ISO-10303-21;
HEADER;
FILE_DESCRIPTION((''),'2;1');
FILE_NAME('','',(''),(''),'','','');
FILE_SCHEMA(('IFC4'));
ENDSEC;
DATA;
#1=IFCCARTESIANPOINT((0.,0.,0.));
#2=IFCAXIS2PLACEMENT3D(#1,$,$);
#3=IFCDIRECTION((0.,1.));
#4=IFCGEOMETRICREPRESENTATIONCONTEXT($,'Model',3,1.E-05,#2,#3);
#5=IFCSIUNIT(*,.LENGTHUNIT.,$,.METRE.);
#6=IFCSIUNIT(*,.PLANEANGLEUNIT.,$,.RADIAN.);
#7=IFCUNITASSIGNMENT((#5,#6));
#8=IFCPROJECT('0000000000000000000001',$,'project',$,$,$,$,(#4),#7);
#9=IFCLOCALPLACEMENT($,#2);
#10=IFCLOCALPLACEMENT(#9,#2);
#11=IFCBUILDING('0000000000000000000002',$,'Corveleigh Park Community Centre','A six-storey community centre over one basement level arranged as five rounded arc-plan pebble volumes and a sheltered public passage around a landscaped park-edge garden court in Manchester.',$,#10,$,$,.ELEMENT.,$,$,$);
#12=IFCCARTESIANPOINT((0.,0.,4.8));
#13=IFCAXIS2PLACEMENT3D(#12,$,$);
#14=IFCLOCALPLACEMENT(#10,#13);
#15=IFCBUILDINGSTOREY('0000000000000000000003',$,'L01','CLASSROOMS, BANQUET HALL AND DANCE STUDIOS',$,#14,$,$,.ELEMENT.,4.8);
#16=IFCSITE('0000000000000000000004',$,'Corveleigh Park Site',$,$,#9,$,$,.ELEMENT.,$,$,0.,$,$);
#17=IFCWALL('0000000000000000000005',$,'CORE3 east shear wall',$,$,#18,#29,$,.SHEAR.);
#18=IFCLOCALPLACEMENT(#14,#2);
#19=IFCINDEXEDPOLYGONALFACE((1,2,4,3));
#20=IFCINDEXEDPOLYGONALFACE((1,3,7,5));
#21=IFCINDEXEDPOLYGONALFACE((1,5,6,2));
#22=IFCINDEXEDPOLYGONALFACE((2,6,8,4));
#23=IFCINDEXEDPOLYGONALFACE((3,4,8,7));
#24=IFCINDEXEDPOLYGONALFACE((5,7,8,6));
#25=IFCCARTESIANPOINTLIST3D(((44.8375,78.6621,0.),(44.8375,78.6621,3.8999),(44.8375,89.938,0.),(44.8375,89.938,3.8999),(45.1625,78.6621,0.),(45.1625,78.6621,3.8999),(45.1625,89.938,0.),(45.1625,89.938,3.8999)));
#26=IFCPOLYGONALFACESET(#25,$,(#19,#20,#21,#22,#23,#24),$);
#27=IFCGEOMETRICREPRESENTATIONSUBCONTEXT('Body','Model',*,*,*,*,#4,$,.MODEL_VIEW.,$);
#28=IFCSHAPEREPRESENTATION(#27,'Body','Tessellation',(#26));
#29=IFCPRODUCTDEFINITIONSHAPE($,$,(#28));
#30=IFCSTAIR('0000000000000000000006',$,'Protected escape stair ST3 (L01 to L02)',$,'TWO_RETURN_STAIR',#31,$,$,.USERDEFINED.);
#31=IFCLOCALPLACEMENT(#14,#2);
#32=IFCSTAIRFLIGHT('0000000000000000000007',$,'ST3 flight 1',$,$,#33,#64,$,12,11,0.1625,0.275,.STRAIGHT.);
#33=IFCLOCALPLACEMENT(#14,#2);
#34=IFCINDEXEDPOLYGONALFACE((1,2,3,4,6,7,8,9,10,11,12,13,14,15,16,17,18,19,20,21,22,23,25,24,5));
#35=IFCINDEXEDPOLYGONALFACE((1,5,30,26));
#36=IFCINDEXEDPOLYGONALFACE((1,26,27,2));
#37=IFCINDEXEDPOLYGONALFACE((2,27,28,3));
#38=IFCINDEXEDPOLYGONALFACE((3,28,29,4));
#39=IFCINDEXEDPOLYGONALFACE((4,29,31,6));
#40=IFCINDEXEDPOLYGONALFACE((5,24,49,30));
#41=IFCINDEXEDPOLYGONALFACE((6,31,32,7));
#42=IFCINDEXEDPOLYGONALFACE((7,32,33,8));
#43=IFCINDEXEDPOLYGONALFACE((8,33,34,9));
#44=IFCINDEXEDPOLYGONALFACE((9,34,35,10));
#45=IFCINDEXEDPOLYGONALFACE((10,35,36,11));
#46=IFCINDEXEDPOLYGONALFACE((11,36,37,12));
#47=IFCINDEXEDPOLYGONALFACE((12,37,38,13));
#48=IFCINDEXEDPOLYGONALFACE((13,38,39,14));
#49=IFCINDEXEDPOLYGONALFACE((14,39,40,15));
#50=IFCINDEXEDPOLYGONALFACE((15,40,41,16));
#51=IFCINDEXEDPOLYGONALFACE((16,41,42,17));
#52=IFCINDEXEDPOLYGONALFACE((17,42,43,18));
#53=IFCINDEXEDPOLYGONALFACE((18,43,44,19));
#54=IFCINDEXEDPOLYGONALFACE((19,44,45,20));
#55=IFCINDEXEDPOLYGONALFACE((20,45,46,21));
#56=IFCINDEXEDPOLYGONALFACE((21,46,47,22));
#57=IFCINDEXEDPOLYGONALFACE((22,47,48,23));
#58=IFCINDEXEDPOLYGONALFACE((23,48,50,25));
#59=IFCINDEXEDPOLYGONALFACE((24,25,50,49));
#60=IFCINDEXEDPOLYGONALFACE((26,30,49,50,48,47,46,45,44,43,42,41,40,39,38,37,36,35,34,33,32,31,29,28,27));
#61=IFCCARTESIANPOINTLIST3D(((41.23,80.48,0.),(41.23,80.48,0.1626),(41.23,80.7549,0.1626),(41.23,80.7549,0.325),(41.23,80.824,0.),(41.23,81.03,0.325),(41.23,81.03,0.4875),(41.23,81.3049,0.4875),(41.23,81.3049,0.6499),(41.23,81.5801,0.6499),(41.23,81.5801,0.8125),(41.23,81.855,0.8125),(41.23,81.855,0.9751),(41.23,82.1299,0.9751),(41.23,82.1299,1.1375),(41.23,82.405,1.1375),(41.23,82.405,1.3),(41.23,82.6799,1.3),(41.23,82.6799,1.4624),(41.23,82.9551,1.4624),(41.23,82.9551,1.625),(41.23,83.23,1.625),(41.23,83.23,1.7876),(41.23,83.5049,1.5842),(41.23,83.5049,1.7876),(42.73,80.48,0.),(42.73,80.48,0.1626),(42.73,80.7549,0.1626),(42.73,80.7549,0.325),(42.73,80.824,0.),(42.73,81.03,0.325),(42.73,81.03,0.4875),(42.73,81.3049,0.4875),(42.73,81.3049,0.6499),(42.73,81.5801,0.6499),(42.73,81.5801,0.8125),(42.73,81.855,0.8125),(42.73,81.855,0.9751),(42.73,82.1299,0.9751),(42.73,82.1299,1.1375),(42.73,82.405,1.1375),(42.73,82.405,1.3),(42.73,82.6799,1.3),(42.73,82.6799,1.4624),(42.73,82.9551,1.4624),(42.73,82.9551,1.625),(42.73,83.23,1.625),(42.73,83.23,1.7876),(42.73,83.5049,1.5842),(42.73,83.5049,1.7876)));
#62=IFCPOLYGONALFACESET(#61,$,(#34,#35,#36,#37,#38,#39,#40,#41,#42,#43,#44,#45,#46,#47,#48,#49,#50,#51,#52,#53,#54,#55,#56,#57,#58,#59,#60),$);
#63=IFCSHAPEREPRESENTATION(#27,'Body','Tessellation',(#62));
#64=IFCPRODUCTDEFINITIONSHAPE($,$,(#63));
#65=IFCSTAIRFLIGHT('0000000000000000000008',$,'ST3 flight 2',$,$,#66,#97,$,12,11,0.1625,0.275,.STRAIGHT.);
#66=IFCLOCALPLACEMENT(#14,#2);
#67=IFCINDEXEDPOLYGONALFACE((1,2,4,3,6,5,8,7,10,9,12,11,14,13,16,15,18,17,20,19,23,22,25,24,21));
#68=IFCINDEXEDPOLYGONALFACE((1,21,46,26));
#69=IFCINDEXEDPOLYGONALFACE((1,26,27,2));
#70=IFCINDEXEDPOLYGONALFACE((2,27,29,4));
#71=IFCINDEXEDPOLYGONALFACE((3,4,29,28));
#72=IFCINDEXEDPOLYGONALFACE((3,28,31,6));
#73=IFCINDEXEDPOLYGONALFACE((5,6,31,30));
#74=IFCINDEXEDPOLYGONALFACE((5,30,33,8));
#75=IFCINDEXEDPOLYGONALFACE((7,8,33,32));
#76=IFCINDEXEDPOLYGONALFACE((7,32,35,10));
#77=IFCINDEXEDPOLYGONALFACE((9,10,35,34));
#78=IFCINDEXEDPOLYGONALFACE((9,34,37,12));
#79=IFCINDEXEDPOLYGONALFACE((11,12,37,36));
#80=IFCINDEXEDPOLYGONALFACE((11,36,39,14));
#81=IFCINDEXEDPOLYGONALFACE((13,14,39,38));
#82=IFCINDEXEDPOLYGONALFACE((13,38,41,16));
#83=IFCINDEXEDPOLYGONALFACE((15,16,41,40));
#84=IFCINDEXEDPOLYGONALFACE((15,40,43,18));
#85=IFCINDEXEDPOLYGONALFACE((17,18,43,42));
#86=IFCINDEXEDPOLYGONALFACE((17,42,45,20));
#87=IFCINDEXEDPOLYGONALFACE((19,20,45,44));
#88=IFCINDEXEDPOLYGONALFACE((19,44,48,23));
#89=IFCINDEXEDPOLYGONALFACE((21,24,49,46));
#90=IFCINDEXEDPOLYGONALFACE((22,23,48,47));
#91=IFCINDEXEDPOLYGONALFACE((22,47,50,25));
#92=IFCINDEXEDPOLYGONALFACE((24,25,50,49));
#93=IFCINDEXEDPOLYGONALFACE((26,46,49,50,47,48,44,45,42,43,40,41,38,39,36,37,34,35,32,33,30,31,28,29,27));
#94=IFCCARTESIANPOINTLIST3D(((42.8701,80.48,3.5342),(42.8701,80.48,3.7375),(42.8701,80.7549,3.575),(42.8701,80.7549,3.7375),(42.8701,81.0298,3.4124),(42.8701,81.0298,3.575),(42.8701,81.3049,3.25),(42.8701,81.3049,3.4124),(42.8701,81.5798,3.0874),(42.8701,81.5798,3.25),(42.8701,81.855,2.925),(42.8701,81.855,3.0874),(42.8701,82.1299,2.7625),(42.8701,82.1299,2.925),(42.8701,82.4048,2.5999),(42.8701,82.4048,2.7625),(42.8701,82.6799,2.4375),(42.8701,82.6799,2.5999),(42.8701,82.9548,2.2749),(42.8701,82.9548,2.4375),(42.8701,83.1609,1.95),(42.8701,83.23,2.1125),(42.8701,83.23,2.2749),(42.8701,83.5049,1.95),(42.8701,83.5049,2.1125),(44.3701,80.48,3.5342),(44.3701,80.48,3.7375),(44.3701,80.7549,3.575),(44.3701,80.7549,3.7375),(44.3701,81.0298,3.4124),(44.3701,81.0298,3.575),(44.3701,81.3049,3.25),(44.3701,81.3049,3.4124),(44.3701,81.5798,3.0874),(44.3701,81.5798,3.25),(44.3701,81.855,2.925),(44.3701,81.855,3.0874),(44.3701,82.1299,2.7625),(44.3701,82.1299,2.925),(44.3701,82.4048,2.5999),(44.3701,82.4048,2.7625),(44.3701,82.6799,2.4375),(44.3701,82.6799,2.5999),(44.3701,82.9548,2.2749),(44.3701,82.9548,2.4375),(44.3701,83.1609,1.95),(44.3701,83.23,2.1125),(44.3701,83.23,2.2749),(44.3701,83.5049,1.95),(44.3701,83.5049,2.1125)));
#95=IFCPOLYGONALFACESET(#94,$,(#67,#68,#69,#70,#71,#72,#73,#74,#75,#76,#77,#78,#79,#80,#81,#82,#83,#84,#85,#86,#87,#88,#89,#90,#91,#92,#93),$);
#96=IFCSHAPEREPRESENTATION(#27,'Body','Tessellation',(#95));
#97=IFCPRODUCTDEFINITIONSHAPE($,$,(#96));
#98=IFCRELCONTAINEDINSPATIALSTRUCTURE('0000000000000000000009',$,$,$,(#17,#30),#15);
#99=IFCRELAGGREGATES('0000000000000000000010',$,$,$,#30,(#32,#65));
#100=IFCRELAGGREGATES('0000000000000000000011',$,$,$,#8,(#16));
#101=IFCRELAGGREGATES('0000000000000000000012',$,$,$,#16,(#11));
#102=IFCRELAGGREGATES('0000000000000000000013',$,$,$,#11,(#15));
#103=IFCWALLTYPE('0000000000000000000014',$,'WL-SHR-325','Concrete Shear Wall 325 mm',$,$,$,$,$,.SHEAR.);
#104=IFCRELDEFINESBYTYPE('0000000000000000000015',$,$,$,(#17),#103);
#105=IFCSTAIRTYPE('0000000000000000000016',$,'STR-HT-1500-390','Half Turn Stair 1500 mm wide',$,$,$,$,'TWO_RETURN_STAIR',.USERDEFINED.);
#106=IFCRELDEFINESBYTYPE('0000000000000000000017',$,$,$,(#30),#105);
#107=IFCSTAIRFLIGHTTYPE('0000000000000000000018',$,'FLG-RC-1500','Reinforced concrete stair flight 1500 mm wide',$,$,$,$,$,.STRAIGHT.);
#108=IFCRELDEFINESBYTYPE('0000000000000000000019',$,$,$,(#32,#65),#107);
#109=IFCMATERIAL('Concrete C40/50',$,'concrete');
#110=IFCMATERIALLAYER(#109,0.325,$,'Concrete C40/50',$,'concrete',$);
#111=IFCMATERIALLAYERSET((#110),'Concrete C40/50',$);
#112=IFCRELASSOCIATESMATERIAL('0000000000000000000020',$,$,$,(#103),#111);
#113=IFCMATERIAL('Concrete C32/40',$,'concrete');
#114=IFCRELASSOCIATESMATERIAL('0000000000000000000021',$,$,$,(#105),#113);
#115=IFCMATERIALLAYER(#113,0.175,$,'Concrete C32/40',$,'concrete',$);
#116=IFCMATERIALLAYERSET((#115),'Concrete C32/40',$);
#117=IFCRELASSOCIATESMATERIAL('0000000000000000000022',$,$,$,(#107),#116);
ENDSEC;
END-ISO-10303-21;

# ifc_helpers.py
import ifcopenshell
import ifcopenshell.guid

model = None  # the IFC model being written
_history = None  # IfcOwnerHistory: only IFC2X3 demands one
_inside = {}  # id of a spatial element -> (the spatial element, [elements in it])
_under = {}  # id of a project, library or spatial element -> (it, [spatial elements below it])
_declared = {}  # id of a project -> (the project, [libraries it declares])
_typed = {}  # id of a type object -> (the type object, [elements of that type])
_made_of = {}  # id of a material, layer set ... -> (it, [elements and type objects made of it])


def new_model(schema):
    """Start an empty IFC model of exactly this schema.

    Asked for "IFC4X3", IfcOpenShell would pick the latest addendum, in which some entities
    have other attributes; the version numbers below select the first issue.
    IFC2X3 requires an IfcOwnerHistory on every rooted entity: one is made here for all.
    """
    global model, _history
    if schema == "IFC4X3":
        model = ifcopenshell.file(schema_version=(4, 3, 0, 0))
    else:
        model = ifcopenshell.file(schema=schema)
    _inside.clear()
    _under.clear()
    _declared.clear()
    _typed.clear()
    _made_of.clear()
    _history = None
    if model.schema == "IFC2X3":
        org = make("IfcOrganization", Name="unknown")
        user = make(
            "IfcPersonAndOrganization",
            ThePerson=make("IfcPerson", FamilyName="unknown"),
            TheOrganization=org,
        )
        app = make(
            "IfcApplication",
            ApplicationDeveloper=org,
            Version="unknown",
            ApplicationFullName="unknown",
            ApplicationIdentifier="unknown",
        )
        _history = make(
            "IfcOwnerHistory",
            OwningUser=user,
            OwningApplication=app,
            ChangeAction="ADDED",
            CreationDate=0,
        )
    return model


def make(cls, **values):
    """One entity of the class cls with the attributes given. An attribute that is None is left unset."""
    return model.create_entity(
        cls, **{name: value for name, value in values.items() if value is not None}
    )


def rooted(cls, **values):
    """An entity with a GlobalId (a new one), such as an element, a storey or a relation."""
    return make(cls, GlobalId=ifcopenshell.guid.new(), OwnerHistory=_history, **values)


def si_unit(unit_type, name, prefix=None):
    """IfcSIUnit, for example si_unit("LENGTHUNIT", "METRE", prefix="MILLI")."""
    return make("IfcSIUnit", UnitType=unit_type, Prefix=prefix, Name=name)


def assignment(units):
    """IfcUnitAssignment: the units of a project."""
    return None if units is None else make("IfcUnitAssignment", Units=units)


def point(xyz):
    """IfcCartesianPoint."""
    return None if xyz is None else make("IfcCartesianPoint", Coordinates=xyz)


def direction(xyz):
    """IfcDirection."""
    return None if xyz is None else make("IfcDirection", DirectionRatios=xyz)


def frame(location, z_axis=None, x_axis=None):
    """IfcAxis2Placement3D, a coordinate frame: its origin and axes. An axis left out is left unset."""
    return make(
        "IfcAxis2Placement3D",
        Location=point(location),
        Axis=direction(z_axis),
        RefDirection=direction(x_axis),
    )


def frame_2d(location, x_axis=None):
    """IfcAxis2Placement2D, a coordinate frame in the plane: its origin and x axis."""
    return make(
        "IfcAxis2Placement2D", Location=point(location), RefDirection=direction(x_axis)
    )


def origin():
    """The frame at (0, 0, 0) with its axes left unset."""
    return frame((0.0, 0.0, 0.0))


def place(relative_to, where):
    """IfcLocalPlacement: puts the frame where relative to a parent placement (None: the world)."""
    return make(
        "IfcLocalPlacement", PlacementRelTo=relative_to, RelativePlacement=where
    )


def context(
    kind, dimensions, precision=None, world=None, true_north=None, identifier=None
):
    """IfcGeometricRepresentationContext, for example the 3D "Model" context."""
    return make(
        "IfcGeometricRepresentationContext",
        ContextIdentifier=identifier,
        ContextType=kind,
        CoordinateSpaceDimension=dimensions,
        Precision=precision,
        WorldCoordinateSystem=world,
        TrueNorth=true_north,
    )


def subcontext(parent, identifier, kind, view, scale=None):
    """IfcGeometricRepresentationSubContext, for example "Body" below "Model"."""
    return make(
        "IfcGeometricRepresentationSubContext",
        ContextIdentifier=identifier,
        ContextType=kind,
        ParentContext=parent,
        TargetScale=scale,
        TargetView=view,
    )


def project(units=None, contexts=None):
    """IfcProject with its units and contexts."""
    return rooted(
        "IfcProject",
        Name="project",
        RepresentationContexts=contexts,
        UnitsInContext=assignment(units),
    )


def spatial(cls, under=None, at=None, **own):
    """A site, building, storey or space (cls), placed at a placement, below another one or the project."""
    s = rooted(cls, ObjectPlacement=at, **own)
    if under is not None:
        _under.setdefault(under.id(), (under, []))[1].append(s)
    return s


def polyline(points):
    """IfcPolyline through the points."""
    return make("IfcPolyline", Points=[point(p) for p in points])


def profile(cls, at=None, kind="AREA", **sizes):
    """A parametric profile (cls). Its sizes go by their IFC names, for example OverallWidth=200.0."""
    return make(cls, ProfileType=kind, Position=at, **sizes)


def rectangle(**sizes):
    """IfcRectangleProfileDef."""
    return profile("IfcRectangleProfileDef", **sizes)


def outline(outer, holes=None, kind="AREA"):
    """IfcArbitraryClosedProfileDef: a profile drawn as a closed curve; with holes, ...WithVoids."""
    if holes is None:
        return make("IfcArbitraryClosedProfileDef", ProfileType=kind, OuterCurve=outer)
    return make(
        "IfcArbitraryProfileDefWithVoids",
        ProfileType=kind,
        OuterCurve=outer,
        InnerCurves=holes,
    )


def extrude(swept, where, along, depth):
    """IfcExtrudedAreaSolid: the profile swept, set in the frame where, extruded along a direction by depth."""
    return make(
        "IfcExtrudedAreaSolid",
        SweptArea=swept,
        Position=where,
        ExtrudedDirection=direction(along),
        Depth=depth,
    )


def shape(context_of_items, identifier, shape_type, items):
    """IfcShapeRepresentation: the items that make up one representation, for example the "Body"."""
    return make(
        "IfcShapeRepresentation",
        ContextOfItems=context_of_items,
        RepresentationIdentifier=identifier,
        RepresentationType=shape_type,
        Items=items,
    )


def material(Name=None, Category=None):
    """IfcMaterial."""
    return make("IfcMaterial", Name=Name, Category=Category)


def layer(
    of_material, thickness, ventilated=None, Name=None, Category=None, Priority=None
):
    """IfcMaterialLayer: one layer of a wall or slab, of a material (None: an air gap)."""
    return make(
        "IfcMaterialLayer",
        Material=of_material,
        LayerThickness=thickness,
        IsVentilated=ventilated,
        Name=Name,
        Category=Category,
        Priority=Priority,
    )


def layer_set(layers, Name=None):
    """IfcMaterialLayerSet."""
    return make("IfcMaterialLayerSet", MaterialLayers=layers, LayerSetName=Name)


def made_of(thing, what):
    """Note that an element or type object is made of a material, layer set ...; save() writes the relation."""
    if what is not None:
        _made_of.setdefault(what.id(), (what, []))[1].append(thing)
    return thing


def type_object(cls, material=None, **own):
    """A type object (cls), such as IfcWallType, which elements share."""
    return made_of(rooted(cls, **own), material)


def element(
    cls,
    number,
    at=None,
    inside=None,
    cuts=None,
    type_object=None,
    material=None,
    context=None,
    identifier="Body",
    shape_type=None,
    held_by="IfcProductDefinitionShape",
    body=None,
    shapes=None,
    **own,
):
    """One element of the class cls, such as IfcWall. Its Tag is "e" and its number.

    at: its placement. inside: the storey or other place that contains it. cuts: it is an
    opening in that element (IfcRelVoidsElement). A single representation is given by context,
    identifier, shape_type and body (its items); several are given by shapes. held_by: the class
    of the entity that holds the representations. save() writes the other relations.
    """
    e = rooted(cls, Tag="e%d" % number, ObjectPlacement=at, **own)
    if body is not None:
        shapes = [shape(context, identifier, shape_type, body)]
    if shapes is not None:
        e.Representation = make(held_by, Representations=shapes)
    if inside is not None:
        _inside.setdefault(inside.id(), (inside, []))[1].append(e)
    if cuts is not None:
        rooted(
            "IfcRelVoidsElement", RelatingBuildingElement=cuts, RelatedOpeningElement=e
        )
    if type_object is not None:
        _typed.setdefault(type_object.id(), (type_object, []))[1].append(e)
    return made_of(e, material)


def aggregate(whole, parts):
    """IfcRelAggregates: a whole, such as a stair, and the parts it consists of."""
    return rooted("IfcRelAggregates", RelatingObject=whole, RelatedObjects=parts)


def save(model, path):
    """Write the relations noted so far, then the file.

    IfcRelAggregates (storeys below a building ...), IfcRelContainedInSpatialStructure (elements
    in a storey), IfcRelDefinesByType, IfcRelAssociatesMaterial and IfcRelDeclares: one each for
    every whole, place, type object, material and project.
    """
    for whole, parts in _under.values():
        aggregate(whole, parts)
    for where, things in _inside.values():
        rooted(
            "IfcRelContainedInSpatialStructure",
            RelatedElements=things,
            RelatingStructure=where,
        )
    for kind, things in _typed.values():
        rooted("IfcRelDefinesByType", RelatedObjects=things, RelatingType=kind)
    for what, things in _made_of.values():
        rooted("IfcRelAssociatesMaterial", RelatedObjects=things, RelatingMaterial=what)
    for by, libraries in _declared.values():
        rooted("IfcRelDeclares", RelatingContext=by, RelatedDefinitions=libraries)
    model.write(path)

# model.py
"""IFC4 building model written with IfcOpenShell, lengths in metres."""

from ifc_helpers import new_model, si_unit, direction, frame, frame_2d, origin, place, context, subcontext, project, spatial, polyline, rectangle, outline, extrude, material, layer, layer_set, type_object, element, aggregate, save


model = new_model("IFC4")

# Units and contexts
model_context = context("Model", 3, precision=1e-05, world=origin(), true_north=direction((0.0, 1.0)))
body_context = subcontext(model_context, "Body", "Model", "MODEL_VIEW")
ifc_project = project(units=[si_unit("LENGTHUNIT", "METRE"), si_unit("PLANEANGLEUNIT", "RADIAN")], contexts=[model_context])

# Site, building, storey
site_placement = place(None, origin())
site = spatial("IfcSite", under=ifc_project, at=site_placement, Name="Corveleigh Park Site", CompositionType="ELEMENT", RefElevation=0.0)
building_placement = place(site_placement, origin())
building = spatial("IfcBuilding", under=site, at=building_placement, Name="Corveleigh Park Community Centre", Description="A six-storey community centre over one basement level arranged as five rounded arc-plan pebble volumes and a sheltered public passage around a landscaped park-edge garden court in Manchester.", CompositionType="ELEMENT")
storey_placement = place(building_placement, frame((0.0, 0.0, 4.8)))
storey = spatial("IfcBuildingStorey", under=building, at=storey_placement, Name="L01", Description="CLASSROOMS, BANQUET HALL AND DANCE STUDIOS", CompositionType="ELEMENT", Elevation=4.8)

# Wall
ifc_material_1 = material(Name="Concrete C40/50", Category="concrete")
ifc_layer_1 = layer(ifc_material_1, 0.325, Name="Concrete C40/50", Category="concrete")
ifc_layer_set_1 = layer_set([ifc_layer_1], Name="Concrete C40/50")
wall_type_1 = type_object("IfcWallType", Name="WL-SHR-325", Description="Concrete Shear Wall 325 mm", PredefinedType="SHEAR", material=ifc_layer_set_1)
wall_1_placement = place(storey_placement, frame((45.0, 78.6621, 0.0), z_axis=(0.0, 0.0, 1.0), x_axis=(0.0, 1.0, 0.0)))
element("IfcWall", 1, at=wall_1_placement, inside=storey, type_object=wall_type_1, Name="CORE3 east shear wall", PredefinedType="SHEAR", context=body_context, shape_type="SweptSolid", body=[
    extrude(rectangle(XDim=11.2759, YDim=0.325, at=frame_2d((5.6379, 0.0))), origin(), (0.0, 0.0, 1.0), 3.8999),
])

# Stair, stair flights
ifc_material_2 = material(Name="Concrete C32/40", Category="concrete")
stair_type = type_object("IfcStairType", Name="STR-HT-1500-390", Description="Half Turn Stair 1500 mm wide", ElementType="TWO_RETURN_STAIR", PredefinedType="USERDEFINED", material=ifc_material_2)
stair_placement = place(storey_placement, origin())
stair = element("IfcStair", 2, at=stair_placement, inside=storey, type_object=stair_type, Name="Protected escape stair ST3 (L01 to L02)", ObjectType="TWO_RETURN_STAIR", PredefinedType="USERDEFINED")
ifc_layer_2 = layer(ifc_material_2, 0.175, Name="Concrete C32/40", Category="concrete")
ifc_layer_set_2 = layer_set([ifc_layer_2], Name="Concrete C32/40")
stair_flight_type = type_object("IfcStairFlightType", Name="FLG-RC-1500", Description="Reinforced concrete stair flight 1500 mm wide", PredefinedType="STRAIGHT", material=ifc_layer_set_2)
stair_flight_1_placement = place(storey_placement, frame((41.98, 80.48, 0.0), z_axis=(0.0, 0.0, 1.0), x_axis=(0.0, 1.0, 0.0)))
stair_flight_1 = element("IfcStairFlight", 3, at=stair_flight_1_placement, type_object=stair_flight_type, Name="ST3 flight 1", NumberOfRisers=12, NumberOfTreads=11, PredefinedType="STRAIGHT", RiserHeight=0.1625, TreadLength=0.275, context=body_context, shape_type="SweptSolid", body=[
    extrude(outline(polyline([(0.0, 0.0), (0.0, 0.1626), (0.2749, 0.1626), (0.2749, 0.325), (0.55, 0.325), (0.55, 0.4875), (0.825, 0.4875), (0.825, 0.6499), (1.1001, 0.6499), (1.1001, 0.8125), (1.375, 0.8125), (1.375, 0.9751), (1.6499, 0.9751), (1.6499, 1.1375), (1.925, 1.1375), (1.925, 1.3), (2.2, 1.3), (2.2, 1.4624), (2.4751, 1.4624), (2.4751, 1.625), (2.75, 1.625), (2.75, 1.7876), (3.0249, 1.7876), (3.0249, 1.95), (3.0249, 1.5842), (0.344, 0.0), (0.0, 0.0)])), frame((0.0, 0.75, 0.0), z_axis=(0.0, -1.0, 0.0), x_axis=(1.0, 0.0, 0.0)), (0.0, 0.0, 1.0), 1.5),
])
stair_flight_2_placement = place(storey_placement, frame((43.6201, 83.5049, 1.95), z_axis=(0.0, 0.0, 1.0), x_axis=(0.0, -1.0, 0.0)))
stair_flight_2 = element("IfcStairFlight", 4, at=stair_flight_2_placement, type_object=stair_flight_type, Name="ST3 flight 2", NumberOfRisers=12, NumberOfTreads=11, PredefinedType="STRAIGHT", RiserHeight=0.1625, TreadLength=0.275, context=body_context, shape_type="SweptSolid", body=[
    extrude(outline(polyline([(0.0, 0.0), (0.0, 0.1626), (0.2749, 0.1626), (0.2749, 0.325), (0.55, 0.325), (0.55, 0.4875), (0.825, 0.4875), (0.825, 0.6499), (1.1001, 0.6499), (1.1001, 0.8125), (1.375, 0.8125), (1.375, 0.9751), (1.6499, 0.9751), (1.6499, 1.1375), (1.925, 1.1375), (1.925, 1.3), (2.2, 1.3), (2.2, 1.4624), (2.4751, 1.4624), (2.4751, 1.625), (2.75, 1.625), (2.75, 1.7876), (3.0249, 1.7876), (3.0249, 1.95), (3.0249, 1.5842), (0.344, 0.0), (0.0, 0.0)])), frame((0.0, 0.75, 0.0), z_axis=(0.0, -1.0, 0.0), x_axis=(1.0, 0.0, 0.0)), (0.0, 0.0, 1.0), 1.5),
])
aggregate(stair, [stair_flight_1, stair_flight_2])

save(model, "model.ifc")
